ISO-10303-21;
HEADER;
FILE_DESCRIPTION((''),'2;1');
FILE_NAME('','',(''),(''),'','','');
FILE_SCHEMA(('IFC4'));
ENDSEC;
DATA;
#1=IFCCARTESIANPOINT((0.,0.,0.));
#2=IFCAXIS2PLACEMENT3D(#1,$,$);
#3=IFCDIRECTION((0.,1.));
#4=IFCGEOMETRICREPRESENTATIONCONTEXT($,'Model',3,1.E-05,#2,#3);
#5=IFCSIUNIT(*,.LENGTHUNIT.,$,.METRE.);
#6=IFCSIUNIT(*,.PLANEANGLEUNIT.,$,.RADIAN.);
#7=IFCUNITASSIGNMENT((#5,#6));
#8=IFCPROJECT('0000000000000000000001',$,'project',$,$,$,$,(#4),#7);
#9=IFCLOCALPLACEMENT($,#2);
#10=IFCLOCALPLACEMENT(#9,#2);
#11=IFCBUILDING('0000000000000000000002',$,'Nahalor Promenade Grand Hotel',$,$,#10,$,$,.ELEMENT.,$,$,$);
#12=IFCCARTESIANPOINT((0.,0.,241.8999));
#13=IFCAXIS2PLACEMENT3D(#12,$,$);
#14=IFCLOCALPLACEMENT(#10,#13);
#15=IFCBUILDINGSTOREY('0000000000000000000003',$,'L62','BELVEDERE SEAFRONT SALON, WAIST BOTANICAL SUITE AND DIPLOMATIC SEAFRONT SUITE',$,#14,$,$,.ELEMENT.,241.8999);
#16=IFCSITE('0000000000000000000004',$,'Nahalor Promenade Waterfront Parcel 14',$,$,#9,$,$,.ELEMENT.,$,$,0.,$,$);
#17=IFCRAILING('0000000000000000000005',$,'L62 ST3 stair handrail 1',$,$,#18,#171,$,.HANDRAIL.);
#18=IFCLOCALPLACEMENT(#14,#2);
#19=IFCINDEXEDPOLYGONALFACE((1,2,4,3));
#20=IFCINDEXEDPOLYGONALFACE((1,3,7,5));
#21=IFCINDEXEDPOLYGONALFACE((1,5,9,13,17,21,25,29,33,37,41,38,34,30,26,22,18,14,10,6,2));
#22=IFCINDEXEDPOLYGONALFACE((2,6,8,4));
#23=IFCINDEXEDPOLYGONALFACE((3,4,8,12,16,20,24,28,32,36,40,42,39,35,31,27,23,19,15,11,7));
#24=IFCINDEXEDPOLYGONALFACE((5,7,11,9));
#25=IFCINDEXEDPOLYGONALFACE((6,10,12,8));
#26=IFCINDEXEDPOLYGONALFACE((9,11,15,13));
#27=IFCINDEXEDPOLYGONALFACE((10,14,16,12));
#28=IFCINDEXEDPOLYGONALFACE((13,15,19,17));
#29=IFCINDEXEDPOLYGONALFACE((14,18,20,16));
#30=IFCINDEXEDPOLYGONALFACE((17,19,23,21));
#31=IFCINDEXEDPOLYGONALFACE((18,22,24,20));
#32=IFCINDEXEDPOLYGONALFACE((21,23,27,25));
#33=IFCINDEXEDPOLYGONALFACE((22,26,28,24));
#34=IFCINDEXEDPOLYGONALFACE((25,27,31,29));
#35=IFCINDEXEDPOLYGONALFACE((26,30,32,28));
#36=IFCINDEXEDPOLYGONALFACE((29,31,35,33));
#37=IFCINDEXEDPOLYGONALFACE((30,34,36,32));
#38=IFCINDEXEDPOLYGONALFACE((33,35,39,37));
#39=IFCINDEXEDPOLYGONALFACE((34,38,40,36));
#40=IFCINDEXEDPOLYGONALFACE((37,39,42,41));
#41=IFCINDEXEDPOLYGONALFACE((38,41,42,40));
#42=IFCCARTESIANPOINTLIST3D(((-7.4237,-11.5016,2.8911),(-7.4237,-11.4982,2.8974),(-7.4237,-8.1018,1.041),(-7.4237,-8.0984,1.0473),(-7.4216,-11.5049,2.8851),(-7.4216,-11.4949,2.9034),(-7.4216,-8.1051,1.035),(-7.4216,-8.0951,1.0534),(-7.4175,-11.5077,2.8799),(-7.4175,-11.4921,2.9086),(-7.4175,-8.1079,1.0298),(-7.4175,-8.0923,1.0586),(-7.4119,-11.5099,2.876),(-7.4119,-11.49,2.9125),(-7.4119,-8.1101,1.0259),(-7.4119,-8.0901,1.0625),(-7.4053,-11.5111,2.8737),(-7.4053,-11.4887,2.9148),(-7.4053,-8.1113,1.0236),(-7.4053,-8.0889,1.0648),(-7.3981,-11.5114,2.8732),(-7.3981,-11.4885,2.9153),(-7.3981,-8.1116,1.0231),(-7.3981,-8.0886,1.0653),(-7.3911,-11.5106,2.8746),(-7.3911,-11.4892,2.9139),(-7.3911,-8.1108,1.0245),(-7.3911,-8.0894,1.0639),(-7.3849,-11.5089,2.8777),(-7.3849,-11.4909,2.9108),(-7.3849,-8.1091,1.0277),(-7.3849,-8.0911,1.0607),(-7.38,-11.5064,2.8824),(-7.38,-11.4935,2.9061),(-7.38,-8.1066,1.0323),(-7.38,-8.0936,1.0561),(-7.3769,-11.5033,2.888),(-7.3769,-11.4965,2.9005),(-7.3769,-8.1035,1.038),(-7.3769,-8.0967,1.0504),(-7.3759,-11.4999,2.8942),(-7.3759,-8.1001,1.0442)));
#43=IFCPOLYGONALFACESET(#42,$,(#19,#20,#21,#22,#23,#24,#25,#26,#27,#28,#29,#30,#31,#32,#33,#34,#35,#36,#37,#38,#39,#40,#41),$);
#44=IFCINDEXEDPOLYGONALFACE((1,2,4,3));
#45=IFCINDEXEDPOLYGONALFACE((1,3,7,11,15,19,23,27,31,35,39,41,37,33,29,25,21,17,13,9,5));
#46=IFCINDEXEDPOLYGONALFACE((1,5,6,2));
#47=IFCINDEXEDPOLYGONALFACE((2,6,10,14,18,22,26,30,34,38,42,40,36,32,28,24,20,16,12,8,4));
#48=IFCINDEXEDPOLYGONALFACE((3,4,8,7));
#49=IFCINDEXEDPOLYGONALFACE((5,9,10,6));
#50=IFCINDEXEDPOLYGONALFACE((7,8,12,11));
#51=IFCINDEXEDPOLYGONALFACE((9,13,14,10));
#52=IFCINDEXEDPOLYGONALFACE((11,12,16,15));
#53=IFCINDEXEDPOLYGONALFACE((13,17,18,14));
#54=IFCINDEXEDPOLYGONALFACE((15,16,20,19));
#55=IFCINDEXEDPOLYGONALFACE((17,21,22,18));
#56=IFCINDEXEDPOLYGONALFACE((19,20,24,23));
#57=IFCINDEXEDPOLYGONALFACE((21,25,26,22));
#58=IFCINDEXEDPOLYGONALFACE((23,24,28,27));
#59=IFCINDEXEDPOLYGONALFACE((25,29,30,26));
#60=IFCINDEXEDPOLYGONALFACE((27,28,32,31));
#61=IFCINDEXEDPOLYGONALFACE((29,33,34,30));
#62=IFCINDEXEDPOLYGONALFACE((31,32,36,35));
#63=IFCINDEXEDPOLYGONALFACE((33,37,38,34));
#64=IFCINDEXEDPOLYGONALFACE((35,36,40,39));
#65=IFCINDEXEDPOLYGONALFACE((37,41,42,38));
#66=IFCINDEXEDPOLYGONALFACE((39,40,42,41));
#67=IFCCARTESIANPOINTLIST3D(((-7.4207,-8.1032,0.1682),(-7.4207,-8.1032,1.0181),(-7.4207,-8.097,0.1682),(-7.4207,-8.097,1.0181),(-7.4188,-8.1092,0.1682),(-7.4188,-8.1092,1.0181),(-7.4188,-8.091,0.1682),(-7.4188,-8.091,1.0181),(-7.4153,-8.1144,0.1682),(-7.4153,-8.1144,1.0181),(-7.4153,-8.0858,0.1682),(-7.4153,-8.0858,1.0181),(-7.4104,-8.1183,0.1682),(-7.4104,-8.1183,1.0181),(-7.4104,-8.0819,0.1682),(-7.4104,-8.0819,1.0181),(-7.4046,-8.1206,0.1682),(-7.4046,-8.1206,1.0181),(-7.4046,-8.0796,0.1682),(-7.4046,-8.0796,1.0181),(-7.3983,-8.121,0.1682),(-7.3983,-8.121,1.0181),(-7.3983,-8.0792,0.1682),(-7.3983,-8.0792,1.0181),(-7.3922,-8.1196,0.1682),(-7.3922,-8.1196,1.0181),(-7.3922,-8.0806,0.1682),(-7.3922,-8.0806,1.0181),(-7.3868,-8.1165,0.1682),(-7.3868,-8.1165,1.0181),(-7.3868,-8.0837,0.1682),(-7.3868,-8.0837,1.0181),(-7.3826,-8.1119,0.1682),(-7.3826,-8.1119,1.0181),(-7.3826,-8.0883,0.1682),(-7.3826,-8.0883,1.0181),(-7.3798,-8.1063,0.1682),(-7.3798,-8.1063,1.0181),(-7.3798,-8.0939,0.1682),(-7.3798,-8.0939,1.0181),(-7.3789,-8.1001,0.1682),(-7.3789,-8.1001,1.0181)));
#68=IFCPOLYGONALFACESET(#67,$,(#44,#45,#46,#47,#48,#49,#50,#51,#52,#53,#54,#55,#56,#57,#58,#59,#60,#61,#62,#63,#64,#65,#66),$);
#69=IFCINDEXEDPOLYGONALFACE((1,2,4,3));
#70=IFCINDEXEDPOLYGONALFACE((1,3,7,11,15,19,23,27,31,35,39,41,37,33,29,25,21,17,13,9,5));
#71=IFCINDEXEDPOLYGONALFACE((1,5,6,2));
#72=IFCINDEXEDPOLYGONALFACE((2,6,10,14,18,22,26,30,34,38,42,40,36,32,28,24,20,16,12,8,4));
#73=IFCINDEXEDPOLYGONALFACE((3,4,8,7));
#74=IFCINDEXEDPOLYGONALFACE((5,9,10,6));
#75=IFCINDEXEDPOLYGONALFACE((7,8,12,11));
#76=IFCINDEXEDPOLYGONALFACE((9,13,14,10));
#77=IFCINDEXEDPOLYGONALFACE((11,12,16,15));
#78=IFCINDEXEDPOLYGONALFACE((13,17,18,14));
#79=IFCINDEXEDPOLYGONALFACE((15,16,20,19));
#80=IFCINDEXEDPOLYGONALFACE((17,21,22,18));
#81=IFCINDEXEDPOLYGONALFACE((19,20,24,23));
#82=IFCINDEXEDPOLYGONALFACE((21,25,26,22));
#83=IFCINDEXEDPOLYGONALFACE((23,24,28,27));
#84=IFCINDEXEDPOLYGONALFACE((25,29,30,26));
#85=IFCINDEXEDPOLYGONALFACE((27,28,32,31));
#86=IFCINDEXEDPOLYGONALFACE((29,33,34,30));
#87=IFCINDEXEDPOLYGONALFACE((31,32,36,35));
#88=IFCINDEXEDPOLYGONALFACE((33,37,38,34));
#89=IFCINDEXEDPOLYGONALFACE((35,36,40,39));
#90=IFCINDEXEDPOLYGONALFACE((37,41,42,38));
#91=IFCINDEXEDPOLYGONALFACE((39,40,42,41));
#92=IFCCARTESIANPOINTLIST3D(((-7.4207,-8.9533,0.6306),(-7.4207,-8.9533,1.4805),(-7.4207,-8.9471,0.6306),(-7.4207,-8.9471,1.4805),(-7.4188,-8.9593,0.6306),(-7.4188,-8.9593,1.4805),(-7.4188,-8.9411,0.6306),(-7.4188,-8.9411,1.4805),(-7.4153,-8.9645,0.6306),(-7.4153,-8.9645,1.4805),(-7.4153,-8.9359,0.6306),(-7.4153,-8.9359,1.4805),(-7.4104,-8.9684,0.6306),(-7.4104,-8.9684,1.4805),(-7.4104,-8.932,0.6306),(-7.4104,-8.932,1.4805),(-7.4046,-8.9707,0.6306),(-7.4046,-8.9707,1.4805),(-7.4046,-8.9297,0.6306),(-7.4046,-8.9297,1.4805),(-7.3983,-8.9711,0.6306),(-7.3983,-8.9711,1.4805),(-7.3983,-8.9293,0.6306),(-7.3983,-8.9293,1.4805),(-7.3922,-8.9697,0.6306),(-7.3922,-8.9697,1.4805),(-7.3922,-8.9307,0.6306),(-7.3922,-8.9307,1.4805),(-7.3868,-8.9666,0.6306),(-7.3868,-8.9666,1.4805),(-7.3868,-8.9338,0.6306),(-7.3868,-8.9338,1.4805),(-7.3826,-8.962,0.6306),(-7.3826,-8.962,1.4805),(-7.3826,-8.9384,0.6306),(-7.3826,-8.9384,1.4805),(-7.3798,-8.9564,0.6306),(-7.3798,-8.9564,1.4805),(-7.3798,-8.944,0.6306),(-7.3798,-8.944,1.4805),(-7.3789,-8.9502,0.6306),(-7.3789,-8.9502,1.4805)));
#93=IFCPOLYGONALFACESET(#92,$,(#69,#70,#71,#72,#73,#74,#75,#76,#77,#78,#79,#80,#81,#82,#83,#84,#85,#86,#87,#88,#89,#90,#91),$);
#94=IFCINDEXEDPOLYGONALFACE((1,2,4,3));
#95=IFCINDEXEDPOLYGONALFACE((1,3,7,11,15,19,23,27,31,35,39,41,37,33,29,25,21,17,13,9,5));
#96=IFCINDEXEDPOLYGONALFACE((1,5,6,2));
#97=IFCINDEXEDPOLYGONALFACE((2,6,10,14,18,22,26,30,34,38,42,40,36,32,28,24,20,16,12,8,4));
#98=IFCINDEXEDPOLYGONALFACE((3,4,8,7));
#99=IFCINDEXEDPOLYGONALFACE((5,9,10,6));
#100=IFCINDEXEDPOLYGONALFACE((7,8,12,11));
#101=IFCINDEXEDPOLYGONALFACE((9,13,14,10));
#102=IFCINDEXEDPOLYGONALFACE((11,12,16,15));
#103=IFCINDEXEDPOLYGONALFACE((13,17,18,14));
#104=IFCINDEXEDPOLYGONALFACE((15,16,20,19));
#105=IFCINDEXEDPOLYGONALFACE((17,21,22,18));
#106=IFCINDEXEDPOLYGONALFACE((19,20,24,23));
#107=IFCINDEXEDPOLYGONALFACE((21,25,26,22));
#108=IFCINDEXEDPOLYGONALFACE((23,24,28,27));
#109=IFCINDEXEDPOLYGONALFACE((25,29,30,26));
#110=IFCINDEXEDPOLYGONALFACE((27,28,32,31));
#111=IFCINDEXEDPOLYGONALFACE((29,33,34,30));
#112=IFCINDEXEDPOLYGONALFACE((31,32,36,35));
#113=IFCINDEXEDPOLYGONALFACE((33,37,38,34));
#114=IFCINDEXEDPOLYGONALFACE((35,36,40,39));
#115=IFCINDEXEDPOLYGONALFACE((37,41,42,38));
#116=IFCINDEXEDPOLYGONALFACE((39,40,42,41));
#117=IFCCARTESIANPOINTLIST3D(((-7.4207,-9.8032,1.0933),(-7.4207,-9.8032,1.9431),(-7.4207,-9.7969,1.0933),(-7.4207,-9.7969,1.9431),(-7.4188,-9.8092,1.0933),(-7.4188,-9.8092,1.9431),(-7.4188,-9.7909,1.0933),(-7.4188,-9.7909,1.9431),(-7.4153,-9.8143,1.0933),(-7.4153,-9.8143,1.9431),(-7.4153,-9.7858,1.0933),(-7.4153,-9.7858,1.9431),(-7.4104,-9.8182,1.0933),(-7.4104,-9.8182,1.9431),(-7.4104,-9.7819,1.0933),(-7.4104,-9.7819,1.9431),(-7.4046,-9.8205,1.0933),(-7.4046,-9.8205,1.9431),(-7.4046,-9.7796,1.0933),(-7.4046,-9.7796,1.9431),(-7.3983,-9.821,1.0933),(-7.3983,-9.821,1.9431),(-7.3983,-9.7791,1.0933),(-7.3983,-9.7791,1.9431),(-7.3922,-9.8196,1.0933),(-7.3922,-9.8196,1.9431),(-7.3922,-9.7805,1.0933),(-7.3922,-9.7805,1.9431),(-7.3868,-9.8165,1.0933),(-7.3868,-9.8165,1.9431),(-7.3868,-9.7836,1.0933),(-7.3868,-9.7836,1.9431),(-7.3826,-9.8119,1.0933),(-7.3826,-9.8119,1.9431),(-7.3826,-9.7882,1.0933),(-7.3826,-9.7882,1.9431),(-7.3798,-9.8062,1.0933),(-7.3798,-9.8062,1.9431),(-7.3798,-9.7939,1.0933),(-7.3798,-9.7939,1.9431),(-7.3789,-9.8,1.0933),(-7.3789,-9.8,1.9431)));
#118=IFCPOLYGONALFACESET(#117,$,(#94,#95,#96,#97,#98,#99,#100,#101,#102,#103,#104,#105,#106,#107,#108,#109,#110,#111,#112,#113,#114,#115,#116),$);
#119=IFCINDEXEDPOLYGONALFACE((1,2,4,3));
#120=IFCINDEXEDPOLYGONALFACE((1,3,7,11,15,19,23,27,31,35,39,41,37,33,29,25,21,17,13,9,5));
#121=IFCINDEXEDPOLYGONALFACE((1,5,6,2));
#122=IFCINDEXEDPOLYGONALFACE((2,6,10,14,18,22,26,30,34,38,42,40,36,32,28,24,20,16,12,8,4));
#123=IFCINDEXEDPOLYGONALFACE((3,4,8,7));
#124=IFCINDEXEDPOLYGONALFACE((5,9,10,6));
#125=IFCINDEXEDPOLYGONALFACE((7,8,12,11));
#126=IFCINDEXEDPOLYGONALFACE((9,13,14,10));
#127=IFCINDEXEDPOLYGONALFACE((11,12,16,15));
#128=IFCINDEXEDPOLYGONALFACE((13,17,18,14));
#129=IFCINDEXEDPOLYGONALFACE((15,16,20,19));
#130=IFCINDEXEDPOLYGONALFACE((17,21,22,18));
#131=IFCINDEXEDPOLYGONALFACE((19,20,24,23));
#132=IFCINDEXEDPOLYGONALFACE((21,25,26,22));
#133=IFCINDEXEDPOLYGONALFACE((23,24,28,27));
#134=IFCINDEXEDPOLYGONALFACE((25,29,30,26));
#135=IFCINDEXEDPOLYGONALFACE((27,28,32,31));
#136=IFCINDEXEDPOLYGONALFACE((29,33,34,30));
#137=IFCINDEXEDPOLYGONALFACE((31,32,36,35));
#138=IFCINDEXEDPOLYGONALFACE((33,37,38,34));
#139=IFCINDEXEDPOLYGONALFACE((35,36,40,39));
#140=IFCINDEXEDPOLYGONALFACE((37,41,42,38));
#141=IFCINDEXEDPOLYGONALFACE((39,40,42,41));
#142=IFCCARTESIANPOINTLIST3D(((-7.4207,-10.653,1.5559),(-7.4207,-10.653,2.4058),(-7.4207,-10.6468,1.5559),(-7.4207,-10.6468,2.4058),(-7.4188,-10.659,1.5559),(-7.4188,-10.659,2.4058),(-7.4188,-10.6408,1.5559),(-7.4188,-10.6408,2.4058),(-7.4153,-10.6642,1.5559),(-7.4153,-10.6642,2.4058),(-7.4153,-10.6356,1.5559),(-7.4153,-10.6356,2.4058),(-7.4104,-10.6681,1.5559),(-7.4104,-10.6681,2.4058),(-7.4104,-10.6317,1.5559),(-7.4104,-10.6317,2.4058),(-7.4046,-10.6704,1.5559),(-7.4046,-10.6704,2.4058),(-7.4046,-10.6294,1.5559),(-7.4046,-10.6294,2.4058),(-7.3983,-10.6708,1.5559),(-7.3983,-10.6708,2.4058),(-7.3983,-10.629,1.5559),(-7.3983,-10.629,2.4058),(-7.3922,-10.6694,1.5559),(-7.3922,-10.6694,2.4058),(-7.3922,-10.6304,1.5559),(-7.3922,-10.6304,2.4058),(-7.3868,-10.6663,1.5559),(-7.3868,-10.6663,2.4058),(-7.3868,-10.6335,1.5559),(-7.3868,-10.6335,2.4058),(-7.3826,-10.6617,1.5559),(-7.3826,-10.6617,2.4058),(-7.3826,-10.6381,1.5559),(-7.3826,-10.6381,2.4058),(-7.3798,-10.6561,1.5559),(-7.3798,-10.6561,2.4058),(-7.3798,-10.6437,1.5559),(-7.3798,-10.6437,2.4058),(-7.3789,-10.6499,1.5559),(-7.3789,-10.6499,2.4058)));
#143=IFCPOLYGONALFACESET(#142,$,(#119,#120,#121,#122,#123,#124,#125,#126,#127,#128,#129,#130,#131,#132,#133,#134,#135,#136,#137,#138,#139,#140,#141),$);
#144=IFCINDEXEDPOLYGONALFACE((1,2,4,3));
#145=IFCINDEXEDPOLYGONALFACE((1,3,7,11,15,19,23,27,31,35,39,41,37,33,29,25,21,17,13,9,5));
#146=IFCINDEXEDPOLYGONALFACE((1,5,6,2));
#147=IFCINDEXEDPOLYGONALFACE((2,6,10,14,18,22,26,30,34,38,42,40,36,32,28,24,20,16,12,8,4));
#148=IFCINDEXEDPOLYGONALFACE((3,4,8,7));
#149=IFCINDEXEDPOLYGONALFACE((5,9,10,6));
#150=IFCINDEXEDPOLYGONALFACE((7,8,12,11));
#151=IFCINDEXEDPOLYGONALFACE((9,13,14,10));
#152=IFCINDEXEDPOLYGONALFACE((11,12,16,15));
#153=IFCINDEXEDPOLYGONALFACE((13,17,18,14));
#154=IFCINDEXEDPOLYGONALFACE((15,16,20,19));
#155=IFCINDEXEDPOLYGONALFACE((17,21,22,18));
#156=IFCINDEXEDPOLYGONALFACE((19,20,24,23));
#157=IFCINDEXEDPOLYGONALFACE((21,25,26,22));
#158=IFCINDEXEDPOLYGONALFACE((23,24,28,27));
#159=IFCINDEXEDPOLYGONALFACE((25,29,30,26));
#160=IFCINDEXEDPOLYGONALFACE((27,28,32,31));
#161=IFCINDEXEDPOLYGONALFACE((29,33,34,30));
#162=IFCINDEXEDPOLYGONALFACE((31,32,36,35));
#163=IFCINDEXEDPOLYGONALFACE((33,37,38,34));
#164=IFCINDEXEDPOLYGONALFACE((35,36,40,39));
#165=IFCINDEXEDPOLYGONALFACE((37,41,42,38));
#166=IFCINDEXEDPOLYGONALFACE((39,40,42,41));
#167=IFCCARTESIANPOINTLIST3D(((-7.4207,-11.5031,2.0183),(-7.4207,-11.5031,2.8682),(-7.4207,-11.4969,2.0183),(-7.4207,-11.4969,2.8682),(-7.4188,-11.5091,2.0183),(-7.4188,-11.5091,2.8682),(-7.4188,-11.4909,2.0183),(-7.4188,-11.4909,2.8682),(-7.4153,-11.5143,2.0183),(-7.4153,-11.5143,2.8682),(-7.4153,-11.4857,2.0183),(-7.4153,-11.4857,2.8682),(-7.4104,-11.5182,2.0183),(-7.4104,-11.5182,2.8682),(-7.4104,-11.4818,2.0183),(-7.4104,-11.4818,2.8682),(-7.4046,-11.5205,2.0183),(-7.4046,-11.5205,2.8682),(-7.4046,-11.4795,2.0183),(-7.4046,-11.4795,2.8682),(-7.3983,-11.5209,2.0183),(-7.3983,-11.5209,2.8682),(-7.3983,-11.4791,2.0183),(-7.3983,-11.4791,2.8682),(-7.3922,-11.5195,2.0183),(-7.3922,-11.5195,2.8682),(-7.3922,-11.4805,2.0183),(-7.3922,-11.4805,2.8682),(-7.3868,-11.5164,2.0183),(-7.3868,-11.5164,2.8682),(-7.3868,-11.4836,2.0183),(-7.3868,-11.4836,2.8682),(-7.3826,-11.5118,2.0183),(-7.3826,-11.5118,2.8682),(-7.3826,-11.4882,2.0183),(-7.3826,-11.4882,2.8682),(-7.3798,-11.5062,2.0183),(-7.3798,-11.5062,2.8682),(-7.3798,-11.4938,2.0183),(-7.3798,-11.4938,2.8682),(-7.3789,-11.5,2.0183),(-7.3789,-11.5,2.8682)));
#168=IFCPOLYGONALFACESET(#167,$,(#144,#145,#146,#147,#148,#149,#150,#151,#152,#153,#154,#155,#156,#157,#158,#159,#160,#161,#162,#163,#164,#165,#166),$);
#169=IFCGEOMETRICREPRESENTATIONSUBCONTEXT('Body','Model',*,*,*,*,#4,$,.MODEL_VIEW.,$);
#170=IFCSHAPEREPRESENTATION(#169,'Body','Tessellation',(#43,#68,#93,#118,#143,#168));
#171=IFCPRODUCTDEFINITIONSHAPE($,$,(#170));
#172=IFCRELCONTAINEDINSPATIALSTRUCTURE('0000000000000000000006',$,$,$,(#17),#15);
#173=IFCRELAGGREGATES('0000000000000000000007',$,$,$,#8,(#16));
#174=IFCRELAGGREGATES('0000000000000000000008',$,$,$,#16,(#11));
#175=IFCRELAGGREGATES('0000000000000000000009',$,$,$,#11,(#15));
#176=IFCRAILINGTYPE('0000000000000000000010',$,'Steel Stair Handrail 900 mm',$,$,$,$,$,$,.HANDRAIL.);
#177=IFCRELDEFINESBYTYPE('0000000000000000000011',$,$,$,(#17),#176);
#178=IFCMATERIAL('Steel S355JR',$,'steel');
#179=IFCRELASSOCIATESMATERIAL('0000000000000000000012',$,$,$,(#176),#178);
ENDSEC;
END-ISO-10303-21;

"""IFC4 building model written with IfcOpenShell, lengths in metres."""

from ifc_helpers import new_model, si_unit, direction, frame, origin, origin_2d, place, context, subcontext, project, spatial, circle, extrude, material, type_object, element, save


model = new_model("IFC4")

# Units and contexts
model_context = context("Model", 3, precision=1e-05, world=origin(), true_north=direction((0.0, 1.0)))
body_context = subcontext(model_context, "Body", "Model", "MODEL_VIEW")
ifc_project = project(units=[si_unit("LENGTHUNIT", "METRE"), si_unit("PLANEANGLEUNIT", "RADIAN")], contexts=[model_context])

# Site, building, storey
site_placement = place(None, origin())
site = spatial("IfcSite", under=ifc_project, at=site_placement, Name="Nahalor Promenade Waterfront Parcel 14", CompositionType="ELEMENT", RefElevation=0.0)
building_placement = place(site_placement, origin())
building = spatial("IfcBuilding", under=site, at=building_placement, Name="Nahalor Promenade Grand Hotel", CompositionType="ELEMENT")
storey_placement = place(building_placement, frame((0.0, 0.0, 241.8999)))
storey = spatial("IfcBuildingStorey", under=building, at=storey_placement, Name="L62", Description="BELVEDERE SEAFRONT SALON, WAIST BOTANICAL SUITE AND DIPLOMATIC SEAFRONT SUITE", CompositionType="ELEMENT", Elevation=241.8999)

# Shared definitions
ifc_material_1 = material(Name="Steel S355JR", Category="steel")

# Railing
railing_type_1 = type_object("IfcRailingType", Name="Steel Stair Handrail 900 mm", PredefinedType="HANDRAIL", material=ifc_material_1)
railing_1_placement = place(storey_placement, frame((-7.3999, -8.1001, 0.1682)))
element("IfcRailing", 1, at=railing_1_placement, inside=storey, type_object=railing_type_1, Name="L62 ST3 stair handrail 1", PredefinedType="HANDRAIL", context=body_context, shape_type="SweptSolid", body=[
    extrude(circle(Radius=0.024, at=origin_2d()), frame((0.0, 0.0, 0.876), z_axis=(0.0, -0.878372, 0.477977), x_axis=(1.0, 0.0, 0.0)), (0.0, 0.0, 1.0), 3.8706),
    extrude(circle(Radius=0.021, at=origin_2d()), origin(), (0.0, 0.0, 1.0), 0.8499),
    extrude(circle(Radius=0.021, at=origin_2d()), frame((0.0, -0.8501, 0.4624)), (0.0, 0.0, 1.0), 0.8499),
    extrude(circle(Radius=0.021, at=origin_2d()), frame((0.0, -1.7, 0.925)), (0.0, 0.0, 1.0), 0.8499),
    extrude(circle(Radius=0.021, at=origin_2d()), frame((0.0, -2.5498, 1.3877)), (0.0, 0.0, 1.0), 0.8499),
    extrude(circle(Radius=0.021, at=origin_2d()), frame((0.0, -3.3999, 1.8501)), (0.0, 0.0, 1.0), 0.8499),
])

save(model, "model.ifc")
